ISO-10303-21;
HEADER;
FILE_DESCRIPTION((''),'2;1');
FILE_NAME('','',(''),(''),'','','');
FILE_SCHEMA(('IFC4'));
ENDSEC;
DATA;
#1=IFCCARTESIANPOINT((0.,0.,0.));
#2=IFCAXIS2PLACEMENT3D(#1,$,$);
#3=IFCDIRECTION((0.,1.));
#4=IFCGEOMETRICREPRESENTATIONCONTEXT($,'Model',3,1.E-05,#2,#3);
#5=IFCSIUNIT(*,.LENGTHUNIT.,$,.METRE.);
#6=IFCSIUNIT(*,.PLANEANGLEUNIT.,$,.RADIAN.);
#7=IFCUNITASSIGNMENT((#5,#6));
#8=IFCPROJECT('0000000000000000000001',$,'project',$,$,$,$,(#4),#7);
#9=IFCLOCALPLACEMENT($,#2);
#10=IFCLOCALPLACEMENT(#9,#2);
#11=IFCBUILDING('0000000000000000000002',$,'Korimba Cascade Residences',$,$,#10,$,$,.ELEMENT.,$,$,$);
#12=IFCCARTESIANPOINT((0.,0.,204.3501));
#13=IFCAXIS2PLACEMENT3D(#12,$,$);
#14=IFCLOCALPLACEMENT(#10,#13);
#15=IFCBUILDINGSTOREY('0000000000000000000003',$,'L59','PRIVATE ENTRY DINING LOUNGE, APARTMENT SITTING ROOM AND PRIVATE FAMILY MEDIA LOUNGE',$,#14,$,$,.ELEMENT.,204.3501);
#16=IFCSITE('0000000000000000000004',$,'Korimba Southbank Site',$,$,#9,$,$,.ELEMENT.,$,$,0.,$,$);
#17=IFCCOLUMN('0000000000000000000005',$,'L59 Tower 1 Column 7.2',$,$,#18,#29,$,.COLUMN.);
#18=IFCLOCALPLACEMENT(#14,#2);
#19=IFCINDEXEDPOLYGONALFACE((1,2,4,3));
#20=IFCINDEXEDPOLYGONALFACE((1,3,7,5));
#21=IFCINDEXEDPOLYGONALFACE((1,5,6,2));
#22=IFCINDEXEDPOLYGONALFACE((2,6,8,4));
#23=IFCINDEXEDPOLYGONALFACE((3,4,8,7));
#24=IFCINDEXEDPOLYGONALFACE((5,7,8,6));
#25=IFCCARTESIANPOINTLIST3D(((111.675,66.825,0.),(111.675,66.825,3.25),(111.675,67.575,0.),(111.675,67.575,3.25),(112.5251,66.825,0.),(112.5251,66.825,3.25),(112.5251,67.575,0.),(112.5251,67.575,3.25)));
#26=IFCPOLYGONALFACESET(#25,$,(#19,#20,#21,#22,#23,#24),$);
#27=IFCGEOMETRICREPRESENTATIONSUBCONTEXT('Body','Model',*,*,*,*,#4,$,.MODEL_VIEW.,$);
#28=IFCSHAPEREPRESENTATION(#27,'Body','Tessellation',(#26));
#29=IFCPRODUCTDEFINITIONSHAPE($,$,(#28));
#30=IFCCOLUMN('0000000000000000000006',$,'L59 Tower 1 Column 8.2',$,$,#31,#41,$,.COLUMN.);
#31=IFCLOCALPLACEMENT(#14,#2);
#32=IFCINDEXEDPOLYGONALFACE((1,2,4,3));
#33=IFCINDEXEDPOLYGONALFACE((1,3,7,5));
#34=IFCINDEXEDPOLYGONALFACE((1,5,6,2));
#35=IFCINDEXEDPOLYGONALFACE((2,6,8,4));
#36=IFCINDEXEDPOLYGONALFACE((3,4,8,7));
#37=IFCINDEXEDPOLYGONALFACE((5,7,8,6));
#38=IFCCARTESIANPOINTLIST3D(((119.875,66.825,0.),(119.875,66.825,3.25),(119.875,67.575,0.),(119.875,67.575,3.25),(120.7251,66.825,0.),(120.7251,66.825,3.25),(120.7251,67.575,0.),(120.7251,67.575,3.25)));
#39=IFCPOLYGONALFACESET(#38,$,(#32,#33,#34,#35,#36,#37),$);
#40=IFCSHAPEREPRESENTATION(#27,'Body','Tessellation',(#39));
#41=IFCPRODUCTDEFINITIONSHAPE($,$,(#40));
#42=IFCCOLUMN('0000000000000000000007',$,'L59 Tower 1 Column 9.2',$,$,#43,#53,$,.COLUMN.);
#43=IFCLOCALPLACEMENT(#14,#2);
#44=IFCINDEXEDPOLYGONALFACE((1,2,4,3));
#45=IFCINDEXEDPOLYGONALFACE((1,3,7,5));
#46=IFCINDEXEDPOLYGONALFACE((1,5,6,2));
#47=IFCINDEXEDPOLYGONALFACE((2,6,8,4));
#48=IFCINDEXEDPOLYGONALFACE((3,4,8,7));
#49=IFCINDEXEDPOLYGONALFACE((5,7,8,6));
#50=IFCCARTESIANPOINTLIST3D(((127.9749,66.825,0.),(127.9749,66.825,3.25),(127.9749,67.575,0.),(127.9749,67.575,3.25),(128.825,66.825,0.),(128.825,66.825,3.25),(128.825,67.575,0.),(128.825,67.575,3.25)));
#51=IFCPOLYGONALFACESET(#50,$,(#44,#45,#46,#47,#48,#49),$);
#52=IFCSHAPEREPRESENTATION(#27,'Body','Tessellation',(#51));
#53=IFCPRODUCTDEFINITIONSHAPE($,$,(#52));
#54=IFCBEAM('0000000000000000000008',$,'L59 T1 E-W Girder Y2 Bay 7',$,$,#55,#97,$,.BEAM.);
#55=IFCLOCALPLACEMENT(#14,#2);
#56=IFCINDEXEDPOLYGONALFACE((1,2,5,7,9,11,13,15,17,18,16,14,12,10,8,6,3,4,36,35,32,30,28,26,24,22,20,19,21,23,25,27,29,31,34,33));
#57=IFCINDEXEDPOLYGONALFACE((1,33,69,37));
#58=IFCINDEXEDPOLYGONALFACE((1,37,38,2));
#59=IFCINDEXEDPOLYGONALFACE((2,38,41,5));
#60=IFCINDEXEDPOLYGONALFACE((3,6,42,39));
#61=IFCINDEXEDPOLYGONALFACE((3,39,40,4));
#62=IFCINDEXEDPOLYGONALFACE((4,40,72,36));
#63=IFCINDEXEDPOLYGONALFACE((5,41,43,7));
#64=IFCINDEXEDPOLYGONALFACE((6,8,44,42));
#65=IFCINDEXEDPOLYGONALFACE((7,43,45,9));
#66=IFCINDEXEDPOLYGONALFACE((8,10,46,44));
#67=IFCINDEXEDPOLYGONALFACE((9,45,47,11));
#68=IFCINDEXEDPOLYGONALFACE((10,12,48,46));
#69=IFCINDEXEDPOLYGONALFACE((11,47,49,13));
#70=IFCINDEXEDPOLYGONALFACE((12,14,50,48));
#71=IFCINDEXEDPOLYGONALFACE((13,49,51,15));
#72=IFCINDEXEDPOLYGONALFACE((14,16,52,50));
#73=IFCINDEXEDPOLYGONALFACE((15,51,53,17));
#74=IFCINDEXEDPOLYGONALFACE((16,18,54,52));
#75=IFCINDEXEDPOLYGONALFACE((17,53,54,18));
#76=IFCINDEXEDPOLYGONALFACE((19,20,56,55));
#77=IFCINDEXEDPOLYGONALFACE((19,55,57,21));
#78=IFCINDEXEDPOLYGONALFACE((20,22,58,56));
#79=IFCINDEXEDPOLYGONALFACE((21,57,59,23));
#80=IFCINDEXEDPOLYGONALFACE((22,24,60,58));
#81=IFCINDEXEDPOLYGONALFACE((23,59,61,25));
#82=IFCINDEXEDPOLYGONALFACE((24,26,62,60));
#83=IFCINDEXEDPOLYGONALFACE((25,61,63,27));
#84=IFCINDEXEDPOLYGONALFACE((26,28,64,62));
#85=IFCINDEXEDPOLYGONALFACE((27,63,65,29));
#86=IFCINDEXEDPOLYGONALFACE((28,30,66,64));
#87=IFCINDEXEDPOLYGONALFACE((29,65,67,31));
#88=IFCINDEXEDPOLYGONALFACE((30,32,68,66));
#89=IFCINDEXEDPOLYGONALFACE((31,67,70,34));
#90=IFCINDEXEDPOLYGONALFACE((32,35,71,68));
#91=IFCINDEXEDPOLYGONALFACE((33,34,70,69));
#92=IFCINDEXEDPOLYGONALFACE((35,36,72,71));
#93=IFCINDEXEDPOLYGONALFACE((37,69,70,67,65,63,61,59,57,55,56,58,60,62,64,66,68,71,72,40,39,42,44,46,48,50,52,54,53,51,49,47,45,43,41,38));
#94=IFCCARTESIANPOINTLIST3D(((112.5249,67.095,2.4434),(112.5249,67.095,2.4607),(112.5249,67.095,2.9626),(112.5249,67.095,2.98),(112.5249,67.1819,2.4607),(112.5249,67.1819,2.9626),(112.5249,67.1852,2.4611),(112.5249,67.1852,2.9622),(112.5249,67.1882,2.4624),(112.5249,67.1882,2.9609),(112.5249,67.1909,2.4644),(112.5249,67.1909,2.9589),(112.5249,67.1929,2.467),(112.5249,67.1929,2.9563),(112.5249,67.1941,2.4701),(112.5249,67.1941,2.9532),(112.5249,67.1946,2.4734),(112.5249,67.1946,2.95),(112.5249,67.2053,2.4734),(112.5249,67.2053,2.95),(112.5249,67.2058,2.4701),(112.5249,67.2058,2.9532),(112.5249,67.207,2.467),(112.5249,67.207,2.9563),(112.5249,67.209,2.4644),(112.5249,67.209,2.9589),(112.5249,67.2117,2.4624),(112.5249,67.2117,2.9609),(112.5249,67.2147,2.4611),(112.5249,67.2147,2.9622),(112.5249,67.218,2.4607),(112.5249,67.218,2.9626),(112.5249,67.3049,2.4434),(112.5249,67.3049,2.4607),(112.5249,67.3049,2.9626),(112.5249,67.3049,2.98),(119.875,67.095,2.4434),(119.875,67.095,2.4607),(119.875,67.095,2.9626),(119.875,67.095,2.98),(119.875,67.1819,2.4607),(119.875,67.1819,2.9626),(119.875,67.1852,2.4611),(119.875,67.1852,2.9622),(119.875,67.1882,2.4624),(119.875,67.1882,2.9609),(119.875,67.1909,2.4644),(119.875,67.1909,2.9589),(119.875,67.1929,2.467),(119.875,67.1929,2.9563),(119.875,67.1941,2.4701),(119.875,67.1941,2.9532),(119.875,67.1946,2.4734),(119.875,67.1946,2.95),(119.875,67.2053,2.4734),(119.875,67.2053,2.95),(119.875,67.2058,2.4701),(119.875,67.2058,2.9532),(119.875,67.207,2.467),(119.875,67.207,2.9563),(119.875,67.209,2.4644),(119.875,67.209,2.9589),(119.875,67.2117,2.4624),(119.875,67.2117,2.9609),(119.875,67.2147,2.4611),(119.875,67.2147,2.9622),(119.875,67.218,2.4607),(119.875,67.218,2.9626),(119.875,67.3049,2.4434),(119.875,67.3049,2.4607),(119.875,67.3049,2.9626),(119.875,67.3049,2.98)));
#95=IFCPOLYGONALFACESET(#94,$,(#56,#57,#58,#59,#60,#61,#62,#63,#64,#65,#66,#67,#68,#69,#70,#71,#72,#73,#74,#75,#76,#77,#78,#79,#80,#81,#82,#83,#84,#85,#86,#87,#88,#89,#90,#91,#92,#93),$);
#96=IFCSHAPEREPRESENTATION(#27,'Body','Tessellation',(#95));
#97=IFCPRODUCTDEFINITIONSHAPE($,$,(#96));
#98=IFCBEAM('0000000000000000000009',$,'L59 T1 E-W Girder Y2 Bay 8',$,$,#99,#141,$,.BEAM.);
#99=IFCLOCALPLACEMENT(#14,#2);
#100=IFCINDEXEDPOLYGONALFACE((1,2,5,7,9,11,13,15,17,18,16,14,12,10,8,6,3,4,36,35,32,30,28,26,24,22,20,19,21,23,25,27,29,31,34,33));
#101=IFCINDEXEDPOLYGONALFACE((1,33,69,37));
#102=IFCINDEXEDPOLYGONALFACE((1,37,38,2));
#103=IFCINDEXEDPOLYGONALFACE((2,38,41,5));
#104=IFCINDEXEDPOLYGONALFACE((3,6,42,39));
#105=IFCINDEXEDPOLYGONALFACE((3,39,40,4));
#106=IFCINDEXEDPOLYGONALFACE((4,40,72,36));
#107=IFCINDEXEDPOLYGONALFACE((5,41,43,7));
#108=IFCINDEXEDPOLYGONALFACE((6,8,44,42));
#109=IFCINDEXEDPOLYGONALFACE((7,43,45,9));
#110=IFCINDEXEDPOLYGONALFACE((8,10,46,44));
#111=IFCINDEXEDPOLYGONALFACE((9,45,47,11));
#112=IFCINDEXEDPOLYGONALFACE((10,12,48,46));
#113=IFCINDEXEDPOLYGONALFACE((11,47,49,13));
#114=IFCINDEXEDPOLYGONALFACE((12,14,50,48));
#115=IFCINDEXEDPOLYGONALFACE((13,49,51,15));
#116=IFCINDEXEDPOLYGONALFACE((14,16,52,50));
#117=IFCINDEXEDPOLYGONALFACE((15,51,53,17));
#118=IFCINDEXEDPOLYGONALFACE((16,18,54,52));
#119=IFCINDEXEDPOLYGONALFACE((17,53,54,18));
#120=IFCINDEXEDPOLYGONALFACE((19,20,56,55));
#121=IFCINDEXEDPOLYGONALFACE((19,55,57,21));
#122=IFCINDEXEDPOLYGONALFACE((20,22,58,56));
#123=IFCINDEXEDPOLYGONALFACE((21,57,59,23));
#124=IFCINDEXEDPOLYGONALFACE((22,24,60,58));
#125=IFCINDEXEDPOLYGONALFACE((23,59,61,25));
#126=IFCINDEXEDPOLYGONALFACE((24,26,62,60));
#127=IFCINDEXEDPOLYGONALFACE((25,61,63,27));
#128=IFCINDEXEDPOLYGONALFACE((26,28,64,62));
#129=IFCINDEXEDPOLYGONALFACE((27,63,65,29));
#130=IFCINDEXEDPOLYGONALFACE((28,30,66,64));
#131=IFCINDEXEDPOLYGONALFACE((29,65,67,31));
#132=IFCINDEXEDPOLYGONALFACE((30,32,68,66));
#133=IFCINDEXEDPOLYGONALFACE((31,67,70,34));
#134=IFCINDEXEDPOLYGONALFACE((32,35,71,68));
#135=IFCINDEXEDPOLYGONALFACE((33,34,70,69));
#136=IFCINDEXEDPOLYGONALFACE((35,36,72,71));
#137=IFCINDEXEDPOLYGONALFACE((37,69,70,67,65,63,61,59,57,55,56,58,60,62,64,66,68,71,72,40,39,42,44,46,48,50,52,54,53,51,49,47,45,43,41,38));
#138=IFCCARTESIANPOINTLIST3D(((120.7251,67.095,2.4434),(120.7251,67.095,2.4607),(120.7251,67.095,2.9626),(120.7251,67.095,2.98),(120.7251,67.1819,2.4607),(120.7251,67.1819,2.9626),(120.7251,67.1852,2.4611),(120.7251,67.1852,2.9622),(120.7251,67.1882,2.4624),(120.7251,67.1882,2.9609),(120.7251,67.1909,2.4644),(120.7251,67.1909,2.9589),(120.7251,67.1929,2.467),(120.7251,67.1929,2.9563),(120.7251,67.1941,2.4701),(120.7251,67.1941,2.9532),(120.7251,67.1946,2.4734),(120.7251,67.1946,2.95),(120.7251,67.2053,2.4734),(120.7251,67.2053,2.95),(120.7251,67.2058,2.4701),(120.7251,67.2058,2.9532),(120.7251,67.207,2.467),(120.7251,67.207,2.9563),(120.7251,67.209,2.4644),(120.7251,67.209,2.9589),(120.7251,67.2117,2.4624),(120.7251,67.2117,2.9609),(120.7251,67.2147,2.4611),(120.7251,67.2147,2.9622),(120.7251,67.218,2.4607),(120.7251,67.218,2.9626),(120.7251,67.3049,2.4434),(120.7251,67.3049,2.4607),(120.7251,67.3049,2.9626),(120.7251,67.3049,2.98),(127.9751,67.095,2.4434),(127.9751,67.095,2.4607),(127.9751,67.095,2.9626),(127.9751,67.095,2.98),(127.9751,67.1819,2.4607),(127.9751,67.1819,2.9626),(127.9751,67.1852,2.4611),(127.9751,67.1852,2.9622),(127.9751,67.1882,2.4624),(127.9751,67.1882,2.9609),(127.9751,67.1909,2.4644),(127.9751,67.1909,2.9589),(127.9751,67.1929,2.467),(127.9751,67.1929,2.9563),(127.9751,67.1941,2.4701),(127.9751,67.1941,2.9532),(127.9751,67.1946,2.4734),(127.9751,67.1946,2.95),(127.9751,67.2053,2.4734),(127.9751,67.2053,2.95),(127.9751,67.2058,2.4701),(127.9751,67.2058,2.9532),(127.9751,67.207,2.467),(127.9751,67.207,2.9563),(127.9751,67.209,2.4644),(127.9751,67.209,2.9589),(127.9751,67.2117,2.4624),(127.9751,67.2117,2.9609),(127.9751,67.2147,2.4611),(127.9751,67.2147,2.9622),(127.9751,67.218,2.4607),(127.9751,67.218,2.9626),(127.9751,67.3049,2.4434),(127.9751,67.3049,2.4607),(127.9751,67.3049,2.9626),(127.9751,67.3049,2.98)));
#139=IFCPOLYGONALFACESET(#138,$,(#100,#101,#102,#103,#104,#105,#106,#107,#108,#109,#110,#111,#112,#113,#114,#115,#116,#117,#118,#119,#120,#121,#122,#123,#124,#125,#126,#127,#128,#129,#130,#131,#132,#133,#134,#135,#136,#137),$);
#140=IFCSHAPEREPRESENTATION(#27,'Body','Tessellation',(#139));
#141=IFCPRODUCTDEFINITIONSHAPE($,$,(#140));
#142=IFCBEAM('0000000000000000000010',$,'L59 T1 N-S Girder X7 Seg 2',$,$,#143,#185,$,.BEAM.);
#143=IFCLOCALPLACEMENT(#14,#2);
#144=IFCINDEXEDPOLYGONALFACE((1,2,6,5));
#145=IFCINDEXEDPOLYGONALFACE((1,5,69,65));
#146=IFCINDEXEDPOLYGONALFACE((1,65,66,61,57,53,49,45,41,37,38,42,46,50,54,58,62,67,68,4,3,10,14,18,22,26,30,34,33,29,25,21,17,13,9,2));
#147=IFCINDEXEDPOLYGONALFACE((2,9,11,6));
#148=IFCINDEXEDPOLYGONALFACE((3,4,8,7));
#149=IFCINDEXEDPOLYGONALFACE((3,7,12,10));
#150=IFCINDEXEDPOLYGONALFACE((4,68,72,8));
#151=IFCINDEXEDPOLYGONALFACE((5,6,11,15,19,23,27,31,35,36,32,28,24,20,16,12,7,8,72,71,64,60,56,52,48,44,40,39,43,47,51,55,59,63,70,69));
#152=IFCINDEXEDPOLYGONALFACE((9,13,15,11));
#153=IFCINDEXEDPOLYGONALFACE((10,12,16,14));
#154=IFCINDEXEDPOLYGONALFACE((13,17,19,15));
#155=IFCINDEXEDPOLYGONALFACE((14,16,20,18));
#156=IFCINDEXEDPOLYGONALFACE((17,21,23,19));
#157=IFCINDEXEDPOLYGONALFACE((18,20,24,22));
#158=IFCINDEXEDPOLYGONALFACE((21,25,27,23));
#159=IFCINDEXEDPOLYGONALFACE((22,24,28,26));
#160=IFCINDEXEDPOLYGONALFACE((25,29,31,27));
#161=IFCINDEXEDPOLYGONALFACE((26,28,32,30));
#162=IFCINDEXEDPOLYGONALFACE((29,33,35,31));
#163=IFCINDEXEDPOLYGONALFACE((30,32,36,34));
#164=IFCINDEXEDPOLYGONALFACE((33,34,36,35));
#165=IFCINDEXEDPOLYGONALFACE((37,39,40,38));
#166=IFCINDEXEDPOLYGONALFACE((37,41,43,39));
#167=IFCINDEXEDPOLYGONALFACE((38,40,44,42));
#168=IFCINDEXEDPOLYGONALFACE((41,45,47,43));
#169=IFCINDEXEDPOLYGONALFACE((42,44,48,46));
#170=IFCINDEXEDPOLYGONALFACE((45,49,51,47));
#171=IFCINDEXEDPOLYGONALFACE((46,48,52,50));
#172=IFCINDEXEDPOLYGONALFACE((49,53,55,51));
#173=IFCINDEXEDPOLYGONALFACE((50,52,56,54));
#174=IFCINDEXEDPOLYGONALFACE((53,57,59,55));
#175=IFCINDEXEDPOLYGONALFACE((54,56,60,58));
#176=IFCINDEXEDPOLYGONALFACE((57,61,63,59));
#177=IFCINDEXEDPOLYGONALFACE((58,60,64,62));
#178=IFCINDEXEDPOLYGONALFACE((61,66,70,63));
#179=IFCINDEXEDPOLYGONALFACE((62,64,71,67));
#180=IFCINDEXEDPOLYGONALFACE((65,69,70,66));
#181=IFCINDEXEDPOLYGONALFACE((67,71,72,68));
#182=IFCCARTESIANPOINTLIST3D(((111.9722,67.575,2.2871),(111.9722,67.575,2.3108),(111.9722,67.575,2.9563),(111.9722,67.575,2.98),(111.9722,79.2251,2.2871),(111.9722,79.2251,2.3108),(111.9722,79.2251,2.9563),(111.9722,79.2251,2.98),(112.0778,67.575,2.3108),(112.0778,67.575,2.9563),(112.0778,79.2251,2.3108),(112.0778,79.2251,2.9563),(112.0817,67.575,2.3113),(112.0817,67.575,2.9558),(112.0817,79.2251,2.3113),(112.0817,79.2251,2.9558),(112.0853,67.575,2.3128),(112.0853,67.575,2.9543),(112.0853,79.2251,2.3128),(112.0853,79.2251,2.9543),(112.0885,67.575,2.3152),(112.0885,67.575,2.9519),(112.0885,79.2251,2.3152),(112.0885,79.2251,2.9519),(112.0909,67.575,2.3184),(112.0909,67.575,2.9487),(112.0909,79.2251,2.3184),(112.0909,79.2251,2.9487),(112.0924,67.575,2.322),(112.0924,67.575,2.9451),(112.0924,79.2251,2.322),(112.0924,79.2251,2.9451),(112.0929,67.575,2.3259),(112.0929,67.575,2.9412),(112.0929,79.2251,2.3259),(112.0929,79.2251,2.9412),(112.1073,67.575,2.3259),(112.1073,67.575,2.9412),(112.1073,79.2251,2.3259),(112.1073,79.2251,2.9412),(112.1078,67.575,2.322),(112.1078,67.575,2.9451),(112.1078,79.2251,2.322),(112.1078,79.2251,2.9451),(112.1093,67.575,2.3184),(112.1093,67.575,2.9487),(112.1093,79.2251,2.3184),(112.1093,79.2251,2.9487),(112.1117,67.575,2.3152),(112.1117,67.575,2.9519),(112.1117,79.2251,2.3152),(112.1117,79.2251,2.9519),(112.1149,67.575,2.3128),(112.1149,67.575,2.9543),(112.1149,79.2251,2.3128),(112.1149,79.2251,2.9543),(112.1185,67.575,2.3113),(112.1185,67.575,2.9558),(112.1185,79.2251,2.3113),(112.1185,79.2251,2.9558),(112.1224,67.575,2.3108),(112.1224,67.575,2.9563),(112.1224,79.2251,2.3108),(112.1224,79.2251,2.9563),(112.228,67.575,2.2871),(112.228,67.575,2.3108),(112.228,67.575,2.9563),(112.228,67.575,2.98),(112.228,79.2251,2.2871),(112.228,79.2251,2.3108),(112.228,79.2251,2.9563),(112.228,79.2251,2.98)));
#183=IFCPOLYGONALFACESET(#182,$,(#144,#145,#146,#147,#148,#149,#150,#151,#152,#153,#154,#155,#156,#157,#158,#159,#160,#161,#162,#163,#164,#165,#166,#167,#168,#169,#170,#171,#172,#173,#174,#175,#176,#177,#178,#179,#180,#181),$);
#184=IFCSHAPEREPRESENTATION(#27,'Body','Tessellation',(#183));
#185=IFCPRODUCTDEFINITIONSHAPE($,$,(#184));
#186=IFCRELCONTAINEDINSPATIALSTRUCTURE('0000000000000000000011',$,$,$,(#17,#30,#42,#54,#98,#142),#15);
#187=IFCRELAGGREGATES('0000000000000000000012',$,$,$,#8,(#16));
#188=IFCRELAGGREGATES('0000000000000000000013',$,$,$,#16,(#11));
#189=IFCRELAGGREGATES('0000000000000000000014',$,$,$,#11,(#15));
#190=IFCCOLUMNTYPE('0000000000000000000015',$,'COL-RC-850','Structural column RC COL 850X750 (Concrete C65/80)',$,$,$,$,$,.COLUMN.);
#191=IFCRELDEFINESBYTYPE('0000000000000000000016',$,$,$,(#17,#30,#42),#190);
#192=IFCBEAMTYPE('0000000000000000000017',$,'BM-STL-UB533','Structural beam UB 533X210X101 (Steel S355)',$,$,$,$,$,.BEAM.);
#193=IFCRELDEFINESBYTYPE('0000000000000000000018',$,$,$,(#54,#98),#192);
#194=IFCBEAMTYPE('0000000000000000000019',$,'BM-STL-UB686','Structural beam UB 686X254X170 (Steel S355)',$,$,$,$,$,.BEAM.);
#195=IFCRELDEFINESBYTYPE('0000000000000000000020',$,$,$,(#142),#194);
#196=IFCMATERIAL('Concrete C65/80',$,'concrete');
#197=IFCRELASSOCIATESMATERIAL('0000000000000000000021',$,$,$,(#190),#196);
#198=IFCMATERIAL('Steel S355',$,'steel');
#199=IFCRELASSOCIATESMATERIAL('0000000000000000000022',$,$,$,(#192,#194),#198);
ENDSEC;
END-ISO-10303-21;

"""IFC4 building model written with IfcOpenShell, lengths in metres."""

from ifc_helpers import new_model, si_unit, direction, frame, origin, origin_2d, place, context, subcontext, project, spatial, rectangle, i_section, extrude, material, material_profile, profile_set, type_object, element, save


model = new_model("IFC4")

# Units and contexts
model_context = context("Model", 3, precision=1e-05, world=origin(), true_north=direction((0.0, 1.0)))
body_context = subcontext(model_context, "Body", "Model", "MODEL_VIEW")
ifc_project = project(units=[si_unit("LENGTHUNIT", "METRE"), si_unit("PLANEANGLEUNIT", "RADIAN")], contexts=[model_context])

# Site, building, storey
site_placement = place(None, origin())
site = spatial("IfcSite", under=ifc_project, at=site_placement, Name="Korimba Southbank Site", CompositionType="ELEMENT", RefElevation=0.0)
building_placement = place(site_placement, origin())
building = spatial("IfcBuilding", under=site, at=building_placement, Name="Korimba Cascade Residences", CompositionType="ELEMENT")
storey_placement = place(building_placement, frame((0.0, 0.0, 204.3501)))
storey = spatial("IfcBuildingStorey", under=building, at=storey_placement, Name="L59", Description="PRIVATE ENTRY DINING LOUNGE, APARTMENT SITTING ROOM AND PRIVATE FAMILY MEDIA LOUNGE", CompositionType="ELEMENT", Elevation=204.3501)

# Columns
ifc_material_1 = material(Name="Concrete C65/80", Category="concrete")
ifc_material_profile_1 = material_profile(ifc_material_1, rectangle(XDim=0.8501, YDim=0.75, at=origin_2d()), Name="Concrete C65/80")
ifc_profile_set_1 = profile_set([ifc_material_profile_1], Name="Concrete C65/80")
column_type = type_object("IfcColumnType", Name="COL-RC-850", Description="Structural column RC COL 850X750 (Concrete C65/80)", PredefinedType="COLUMN", material=ifc_profile_set_1)
for number, where, z_axis, x_axis, name in (
    (1, (112.1001, 67.2, 0.0), (0.0, 0.0, 1.0), (1.0, 0.0, 0.0), "L59 Tower 1 Column 7.2"),
    (2, (120.3, 67.2, 0.0), (0.0, 0.0, 1.0), (1.0, 0.0, 0.0), "L59 Tower 1 Column 8.2"),
    (3, (128.3999, 67.2, 0.0), (0.0, 0.0, 1.0), (1.0, 0.0, 0.0), "L59 Tower 1 Column 9.2"),
):
    element("IfcColumn", number, at=place(storey_placement, frame(where, z_axis=z_axis, x_axis=x_axis)), inside=storey, type_object=column_type, Name=name, PredefinedType="COLUMN", context=body_context, shape_type="SweptSolid", body=[
        extrude(rectangle(XDim=0.8501, YDim=0.75, at=origin_2d()), origin(), (0.0, 0.0, 1.0), 3.25),
    ])

# Beams
ifc_material_2 = material(Name="Steel S355", Category="steel")
ifc_material_profile_2 = material_profile(ifc_material_2, i_section(OverallWidth=0.21, OverallDepth=0.5366, WebThickness=0.0107, FlangeThickness=0.0173, FilletRadius=0.0127, at=origin_2d()), Name="Steel S355")
ifc_profile_set_2 = profile_set([ifc_material_profile_2], Name="Steel S355")
beam_type_1 = type_object("IfcBeamType", Name="BM-STL-UB533", Description="Structural beam UB 533X210X101 (Steel S355)", PredefinedType="BEAM", material=ifc_profile_set_2)
beam_1_placement = place(storey_placement, frame((112.5249, 67.2, 2.7117), z_axis=(1.0, 0.0, 0.0), x_axis=(0.0, 1.0, 0.0)))
element("IfcBeam", 4, at=beam_1_placement, inside=storey, type_object=beam_type_1, Name="L59 T1 E-W Girder Y2 Bay 7", PredefinedType="BEAM", context=body_context, shape_type="SweptSolid", body=[
    extrude(i_section(OverallWidth=0.21, OverallDepth=0.5366, WebThickness=0.0107, FlangeThickness=0.0173, FilletRadius=0.0127, at=origin_2d()), origin(), (0.0, 0.0, 1.0), 7.3501),
])
beam_2_placement = place(storey_placement, frame((120.7251, 67.2, 2.7117), z_axis=(1.0, 0.0, 0.0), x_axis=(0.0, 1.0, 0.0)))
element("IfcBeam", 5, at=beam_2_placement, inside=storey, type_object=beam_type_1, Name="L59 T1 E-W Girder Y2 Bay 8", PredefinedType="BEAM", context=body_context, shape_type="SweptSolid", body=[
    extrude(i_section(OverallWidth=0.21, OverallDepth=0.5366, WebThickness=0.0107, FlangeThickness=0.0173, FilletRadius=0.0127, at=origin_2d()), origin(), (0.0, 0.0, 1.0), 7.25),
])
ifc_material_profile_3 = material_profile(ifc_material_2, i_section(OverallWidth=0.2559, OverallDepth=0.6929, WebThickness=0.0144, FlangeThickness=0.0237, FilletRadius=0.0151, at=origin_2d()), Name="Steel S355")
ifc_profile_set_3 = profile_set([ifc_material_profile_3], Name="Steel S355")
beam_type_2 = type_object("IfcBeamType", Name="BM-STL-UB686", Description="Structural beam UB 686X254X170 (Steel S355)", PredefinedType="BEAM", material=ifc_profile_set_3)
beam_3_placement = place(storey_placement, frame((112.1001, 67.575, 2.6335), z_axis=(0.0, 1.0, 0.0), x_axis=(-1.0, 0.0, 0.0)))
element("IfcBeam", 6, at=beam_3_placement, inside=storey, type_object=beam_type_2, Name="L59 T1 N-S Girder X7 Seg 2", PredefinedType="BEAM", context=body_context, shape_type="SweptSolid", body=[
    extrude(i_section(OverallWidth=0.2559, OverallDepth=0.6929, WebThickness=0.0144, FlangeThickness=0.0237, FilletRadius=0.0151, at=origin_2d()), origin(), (0.0, 0.0, 1.0), 11.6501),
])

save(model, "model.ifc")
